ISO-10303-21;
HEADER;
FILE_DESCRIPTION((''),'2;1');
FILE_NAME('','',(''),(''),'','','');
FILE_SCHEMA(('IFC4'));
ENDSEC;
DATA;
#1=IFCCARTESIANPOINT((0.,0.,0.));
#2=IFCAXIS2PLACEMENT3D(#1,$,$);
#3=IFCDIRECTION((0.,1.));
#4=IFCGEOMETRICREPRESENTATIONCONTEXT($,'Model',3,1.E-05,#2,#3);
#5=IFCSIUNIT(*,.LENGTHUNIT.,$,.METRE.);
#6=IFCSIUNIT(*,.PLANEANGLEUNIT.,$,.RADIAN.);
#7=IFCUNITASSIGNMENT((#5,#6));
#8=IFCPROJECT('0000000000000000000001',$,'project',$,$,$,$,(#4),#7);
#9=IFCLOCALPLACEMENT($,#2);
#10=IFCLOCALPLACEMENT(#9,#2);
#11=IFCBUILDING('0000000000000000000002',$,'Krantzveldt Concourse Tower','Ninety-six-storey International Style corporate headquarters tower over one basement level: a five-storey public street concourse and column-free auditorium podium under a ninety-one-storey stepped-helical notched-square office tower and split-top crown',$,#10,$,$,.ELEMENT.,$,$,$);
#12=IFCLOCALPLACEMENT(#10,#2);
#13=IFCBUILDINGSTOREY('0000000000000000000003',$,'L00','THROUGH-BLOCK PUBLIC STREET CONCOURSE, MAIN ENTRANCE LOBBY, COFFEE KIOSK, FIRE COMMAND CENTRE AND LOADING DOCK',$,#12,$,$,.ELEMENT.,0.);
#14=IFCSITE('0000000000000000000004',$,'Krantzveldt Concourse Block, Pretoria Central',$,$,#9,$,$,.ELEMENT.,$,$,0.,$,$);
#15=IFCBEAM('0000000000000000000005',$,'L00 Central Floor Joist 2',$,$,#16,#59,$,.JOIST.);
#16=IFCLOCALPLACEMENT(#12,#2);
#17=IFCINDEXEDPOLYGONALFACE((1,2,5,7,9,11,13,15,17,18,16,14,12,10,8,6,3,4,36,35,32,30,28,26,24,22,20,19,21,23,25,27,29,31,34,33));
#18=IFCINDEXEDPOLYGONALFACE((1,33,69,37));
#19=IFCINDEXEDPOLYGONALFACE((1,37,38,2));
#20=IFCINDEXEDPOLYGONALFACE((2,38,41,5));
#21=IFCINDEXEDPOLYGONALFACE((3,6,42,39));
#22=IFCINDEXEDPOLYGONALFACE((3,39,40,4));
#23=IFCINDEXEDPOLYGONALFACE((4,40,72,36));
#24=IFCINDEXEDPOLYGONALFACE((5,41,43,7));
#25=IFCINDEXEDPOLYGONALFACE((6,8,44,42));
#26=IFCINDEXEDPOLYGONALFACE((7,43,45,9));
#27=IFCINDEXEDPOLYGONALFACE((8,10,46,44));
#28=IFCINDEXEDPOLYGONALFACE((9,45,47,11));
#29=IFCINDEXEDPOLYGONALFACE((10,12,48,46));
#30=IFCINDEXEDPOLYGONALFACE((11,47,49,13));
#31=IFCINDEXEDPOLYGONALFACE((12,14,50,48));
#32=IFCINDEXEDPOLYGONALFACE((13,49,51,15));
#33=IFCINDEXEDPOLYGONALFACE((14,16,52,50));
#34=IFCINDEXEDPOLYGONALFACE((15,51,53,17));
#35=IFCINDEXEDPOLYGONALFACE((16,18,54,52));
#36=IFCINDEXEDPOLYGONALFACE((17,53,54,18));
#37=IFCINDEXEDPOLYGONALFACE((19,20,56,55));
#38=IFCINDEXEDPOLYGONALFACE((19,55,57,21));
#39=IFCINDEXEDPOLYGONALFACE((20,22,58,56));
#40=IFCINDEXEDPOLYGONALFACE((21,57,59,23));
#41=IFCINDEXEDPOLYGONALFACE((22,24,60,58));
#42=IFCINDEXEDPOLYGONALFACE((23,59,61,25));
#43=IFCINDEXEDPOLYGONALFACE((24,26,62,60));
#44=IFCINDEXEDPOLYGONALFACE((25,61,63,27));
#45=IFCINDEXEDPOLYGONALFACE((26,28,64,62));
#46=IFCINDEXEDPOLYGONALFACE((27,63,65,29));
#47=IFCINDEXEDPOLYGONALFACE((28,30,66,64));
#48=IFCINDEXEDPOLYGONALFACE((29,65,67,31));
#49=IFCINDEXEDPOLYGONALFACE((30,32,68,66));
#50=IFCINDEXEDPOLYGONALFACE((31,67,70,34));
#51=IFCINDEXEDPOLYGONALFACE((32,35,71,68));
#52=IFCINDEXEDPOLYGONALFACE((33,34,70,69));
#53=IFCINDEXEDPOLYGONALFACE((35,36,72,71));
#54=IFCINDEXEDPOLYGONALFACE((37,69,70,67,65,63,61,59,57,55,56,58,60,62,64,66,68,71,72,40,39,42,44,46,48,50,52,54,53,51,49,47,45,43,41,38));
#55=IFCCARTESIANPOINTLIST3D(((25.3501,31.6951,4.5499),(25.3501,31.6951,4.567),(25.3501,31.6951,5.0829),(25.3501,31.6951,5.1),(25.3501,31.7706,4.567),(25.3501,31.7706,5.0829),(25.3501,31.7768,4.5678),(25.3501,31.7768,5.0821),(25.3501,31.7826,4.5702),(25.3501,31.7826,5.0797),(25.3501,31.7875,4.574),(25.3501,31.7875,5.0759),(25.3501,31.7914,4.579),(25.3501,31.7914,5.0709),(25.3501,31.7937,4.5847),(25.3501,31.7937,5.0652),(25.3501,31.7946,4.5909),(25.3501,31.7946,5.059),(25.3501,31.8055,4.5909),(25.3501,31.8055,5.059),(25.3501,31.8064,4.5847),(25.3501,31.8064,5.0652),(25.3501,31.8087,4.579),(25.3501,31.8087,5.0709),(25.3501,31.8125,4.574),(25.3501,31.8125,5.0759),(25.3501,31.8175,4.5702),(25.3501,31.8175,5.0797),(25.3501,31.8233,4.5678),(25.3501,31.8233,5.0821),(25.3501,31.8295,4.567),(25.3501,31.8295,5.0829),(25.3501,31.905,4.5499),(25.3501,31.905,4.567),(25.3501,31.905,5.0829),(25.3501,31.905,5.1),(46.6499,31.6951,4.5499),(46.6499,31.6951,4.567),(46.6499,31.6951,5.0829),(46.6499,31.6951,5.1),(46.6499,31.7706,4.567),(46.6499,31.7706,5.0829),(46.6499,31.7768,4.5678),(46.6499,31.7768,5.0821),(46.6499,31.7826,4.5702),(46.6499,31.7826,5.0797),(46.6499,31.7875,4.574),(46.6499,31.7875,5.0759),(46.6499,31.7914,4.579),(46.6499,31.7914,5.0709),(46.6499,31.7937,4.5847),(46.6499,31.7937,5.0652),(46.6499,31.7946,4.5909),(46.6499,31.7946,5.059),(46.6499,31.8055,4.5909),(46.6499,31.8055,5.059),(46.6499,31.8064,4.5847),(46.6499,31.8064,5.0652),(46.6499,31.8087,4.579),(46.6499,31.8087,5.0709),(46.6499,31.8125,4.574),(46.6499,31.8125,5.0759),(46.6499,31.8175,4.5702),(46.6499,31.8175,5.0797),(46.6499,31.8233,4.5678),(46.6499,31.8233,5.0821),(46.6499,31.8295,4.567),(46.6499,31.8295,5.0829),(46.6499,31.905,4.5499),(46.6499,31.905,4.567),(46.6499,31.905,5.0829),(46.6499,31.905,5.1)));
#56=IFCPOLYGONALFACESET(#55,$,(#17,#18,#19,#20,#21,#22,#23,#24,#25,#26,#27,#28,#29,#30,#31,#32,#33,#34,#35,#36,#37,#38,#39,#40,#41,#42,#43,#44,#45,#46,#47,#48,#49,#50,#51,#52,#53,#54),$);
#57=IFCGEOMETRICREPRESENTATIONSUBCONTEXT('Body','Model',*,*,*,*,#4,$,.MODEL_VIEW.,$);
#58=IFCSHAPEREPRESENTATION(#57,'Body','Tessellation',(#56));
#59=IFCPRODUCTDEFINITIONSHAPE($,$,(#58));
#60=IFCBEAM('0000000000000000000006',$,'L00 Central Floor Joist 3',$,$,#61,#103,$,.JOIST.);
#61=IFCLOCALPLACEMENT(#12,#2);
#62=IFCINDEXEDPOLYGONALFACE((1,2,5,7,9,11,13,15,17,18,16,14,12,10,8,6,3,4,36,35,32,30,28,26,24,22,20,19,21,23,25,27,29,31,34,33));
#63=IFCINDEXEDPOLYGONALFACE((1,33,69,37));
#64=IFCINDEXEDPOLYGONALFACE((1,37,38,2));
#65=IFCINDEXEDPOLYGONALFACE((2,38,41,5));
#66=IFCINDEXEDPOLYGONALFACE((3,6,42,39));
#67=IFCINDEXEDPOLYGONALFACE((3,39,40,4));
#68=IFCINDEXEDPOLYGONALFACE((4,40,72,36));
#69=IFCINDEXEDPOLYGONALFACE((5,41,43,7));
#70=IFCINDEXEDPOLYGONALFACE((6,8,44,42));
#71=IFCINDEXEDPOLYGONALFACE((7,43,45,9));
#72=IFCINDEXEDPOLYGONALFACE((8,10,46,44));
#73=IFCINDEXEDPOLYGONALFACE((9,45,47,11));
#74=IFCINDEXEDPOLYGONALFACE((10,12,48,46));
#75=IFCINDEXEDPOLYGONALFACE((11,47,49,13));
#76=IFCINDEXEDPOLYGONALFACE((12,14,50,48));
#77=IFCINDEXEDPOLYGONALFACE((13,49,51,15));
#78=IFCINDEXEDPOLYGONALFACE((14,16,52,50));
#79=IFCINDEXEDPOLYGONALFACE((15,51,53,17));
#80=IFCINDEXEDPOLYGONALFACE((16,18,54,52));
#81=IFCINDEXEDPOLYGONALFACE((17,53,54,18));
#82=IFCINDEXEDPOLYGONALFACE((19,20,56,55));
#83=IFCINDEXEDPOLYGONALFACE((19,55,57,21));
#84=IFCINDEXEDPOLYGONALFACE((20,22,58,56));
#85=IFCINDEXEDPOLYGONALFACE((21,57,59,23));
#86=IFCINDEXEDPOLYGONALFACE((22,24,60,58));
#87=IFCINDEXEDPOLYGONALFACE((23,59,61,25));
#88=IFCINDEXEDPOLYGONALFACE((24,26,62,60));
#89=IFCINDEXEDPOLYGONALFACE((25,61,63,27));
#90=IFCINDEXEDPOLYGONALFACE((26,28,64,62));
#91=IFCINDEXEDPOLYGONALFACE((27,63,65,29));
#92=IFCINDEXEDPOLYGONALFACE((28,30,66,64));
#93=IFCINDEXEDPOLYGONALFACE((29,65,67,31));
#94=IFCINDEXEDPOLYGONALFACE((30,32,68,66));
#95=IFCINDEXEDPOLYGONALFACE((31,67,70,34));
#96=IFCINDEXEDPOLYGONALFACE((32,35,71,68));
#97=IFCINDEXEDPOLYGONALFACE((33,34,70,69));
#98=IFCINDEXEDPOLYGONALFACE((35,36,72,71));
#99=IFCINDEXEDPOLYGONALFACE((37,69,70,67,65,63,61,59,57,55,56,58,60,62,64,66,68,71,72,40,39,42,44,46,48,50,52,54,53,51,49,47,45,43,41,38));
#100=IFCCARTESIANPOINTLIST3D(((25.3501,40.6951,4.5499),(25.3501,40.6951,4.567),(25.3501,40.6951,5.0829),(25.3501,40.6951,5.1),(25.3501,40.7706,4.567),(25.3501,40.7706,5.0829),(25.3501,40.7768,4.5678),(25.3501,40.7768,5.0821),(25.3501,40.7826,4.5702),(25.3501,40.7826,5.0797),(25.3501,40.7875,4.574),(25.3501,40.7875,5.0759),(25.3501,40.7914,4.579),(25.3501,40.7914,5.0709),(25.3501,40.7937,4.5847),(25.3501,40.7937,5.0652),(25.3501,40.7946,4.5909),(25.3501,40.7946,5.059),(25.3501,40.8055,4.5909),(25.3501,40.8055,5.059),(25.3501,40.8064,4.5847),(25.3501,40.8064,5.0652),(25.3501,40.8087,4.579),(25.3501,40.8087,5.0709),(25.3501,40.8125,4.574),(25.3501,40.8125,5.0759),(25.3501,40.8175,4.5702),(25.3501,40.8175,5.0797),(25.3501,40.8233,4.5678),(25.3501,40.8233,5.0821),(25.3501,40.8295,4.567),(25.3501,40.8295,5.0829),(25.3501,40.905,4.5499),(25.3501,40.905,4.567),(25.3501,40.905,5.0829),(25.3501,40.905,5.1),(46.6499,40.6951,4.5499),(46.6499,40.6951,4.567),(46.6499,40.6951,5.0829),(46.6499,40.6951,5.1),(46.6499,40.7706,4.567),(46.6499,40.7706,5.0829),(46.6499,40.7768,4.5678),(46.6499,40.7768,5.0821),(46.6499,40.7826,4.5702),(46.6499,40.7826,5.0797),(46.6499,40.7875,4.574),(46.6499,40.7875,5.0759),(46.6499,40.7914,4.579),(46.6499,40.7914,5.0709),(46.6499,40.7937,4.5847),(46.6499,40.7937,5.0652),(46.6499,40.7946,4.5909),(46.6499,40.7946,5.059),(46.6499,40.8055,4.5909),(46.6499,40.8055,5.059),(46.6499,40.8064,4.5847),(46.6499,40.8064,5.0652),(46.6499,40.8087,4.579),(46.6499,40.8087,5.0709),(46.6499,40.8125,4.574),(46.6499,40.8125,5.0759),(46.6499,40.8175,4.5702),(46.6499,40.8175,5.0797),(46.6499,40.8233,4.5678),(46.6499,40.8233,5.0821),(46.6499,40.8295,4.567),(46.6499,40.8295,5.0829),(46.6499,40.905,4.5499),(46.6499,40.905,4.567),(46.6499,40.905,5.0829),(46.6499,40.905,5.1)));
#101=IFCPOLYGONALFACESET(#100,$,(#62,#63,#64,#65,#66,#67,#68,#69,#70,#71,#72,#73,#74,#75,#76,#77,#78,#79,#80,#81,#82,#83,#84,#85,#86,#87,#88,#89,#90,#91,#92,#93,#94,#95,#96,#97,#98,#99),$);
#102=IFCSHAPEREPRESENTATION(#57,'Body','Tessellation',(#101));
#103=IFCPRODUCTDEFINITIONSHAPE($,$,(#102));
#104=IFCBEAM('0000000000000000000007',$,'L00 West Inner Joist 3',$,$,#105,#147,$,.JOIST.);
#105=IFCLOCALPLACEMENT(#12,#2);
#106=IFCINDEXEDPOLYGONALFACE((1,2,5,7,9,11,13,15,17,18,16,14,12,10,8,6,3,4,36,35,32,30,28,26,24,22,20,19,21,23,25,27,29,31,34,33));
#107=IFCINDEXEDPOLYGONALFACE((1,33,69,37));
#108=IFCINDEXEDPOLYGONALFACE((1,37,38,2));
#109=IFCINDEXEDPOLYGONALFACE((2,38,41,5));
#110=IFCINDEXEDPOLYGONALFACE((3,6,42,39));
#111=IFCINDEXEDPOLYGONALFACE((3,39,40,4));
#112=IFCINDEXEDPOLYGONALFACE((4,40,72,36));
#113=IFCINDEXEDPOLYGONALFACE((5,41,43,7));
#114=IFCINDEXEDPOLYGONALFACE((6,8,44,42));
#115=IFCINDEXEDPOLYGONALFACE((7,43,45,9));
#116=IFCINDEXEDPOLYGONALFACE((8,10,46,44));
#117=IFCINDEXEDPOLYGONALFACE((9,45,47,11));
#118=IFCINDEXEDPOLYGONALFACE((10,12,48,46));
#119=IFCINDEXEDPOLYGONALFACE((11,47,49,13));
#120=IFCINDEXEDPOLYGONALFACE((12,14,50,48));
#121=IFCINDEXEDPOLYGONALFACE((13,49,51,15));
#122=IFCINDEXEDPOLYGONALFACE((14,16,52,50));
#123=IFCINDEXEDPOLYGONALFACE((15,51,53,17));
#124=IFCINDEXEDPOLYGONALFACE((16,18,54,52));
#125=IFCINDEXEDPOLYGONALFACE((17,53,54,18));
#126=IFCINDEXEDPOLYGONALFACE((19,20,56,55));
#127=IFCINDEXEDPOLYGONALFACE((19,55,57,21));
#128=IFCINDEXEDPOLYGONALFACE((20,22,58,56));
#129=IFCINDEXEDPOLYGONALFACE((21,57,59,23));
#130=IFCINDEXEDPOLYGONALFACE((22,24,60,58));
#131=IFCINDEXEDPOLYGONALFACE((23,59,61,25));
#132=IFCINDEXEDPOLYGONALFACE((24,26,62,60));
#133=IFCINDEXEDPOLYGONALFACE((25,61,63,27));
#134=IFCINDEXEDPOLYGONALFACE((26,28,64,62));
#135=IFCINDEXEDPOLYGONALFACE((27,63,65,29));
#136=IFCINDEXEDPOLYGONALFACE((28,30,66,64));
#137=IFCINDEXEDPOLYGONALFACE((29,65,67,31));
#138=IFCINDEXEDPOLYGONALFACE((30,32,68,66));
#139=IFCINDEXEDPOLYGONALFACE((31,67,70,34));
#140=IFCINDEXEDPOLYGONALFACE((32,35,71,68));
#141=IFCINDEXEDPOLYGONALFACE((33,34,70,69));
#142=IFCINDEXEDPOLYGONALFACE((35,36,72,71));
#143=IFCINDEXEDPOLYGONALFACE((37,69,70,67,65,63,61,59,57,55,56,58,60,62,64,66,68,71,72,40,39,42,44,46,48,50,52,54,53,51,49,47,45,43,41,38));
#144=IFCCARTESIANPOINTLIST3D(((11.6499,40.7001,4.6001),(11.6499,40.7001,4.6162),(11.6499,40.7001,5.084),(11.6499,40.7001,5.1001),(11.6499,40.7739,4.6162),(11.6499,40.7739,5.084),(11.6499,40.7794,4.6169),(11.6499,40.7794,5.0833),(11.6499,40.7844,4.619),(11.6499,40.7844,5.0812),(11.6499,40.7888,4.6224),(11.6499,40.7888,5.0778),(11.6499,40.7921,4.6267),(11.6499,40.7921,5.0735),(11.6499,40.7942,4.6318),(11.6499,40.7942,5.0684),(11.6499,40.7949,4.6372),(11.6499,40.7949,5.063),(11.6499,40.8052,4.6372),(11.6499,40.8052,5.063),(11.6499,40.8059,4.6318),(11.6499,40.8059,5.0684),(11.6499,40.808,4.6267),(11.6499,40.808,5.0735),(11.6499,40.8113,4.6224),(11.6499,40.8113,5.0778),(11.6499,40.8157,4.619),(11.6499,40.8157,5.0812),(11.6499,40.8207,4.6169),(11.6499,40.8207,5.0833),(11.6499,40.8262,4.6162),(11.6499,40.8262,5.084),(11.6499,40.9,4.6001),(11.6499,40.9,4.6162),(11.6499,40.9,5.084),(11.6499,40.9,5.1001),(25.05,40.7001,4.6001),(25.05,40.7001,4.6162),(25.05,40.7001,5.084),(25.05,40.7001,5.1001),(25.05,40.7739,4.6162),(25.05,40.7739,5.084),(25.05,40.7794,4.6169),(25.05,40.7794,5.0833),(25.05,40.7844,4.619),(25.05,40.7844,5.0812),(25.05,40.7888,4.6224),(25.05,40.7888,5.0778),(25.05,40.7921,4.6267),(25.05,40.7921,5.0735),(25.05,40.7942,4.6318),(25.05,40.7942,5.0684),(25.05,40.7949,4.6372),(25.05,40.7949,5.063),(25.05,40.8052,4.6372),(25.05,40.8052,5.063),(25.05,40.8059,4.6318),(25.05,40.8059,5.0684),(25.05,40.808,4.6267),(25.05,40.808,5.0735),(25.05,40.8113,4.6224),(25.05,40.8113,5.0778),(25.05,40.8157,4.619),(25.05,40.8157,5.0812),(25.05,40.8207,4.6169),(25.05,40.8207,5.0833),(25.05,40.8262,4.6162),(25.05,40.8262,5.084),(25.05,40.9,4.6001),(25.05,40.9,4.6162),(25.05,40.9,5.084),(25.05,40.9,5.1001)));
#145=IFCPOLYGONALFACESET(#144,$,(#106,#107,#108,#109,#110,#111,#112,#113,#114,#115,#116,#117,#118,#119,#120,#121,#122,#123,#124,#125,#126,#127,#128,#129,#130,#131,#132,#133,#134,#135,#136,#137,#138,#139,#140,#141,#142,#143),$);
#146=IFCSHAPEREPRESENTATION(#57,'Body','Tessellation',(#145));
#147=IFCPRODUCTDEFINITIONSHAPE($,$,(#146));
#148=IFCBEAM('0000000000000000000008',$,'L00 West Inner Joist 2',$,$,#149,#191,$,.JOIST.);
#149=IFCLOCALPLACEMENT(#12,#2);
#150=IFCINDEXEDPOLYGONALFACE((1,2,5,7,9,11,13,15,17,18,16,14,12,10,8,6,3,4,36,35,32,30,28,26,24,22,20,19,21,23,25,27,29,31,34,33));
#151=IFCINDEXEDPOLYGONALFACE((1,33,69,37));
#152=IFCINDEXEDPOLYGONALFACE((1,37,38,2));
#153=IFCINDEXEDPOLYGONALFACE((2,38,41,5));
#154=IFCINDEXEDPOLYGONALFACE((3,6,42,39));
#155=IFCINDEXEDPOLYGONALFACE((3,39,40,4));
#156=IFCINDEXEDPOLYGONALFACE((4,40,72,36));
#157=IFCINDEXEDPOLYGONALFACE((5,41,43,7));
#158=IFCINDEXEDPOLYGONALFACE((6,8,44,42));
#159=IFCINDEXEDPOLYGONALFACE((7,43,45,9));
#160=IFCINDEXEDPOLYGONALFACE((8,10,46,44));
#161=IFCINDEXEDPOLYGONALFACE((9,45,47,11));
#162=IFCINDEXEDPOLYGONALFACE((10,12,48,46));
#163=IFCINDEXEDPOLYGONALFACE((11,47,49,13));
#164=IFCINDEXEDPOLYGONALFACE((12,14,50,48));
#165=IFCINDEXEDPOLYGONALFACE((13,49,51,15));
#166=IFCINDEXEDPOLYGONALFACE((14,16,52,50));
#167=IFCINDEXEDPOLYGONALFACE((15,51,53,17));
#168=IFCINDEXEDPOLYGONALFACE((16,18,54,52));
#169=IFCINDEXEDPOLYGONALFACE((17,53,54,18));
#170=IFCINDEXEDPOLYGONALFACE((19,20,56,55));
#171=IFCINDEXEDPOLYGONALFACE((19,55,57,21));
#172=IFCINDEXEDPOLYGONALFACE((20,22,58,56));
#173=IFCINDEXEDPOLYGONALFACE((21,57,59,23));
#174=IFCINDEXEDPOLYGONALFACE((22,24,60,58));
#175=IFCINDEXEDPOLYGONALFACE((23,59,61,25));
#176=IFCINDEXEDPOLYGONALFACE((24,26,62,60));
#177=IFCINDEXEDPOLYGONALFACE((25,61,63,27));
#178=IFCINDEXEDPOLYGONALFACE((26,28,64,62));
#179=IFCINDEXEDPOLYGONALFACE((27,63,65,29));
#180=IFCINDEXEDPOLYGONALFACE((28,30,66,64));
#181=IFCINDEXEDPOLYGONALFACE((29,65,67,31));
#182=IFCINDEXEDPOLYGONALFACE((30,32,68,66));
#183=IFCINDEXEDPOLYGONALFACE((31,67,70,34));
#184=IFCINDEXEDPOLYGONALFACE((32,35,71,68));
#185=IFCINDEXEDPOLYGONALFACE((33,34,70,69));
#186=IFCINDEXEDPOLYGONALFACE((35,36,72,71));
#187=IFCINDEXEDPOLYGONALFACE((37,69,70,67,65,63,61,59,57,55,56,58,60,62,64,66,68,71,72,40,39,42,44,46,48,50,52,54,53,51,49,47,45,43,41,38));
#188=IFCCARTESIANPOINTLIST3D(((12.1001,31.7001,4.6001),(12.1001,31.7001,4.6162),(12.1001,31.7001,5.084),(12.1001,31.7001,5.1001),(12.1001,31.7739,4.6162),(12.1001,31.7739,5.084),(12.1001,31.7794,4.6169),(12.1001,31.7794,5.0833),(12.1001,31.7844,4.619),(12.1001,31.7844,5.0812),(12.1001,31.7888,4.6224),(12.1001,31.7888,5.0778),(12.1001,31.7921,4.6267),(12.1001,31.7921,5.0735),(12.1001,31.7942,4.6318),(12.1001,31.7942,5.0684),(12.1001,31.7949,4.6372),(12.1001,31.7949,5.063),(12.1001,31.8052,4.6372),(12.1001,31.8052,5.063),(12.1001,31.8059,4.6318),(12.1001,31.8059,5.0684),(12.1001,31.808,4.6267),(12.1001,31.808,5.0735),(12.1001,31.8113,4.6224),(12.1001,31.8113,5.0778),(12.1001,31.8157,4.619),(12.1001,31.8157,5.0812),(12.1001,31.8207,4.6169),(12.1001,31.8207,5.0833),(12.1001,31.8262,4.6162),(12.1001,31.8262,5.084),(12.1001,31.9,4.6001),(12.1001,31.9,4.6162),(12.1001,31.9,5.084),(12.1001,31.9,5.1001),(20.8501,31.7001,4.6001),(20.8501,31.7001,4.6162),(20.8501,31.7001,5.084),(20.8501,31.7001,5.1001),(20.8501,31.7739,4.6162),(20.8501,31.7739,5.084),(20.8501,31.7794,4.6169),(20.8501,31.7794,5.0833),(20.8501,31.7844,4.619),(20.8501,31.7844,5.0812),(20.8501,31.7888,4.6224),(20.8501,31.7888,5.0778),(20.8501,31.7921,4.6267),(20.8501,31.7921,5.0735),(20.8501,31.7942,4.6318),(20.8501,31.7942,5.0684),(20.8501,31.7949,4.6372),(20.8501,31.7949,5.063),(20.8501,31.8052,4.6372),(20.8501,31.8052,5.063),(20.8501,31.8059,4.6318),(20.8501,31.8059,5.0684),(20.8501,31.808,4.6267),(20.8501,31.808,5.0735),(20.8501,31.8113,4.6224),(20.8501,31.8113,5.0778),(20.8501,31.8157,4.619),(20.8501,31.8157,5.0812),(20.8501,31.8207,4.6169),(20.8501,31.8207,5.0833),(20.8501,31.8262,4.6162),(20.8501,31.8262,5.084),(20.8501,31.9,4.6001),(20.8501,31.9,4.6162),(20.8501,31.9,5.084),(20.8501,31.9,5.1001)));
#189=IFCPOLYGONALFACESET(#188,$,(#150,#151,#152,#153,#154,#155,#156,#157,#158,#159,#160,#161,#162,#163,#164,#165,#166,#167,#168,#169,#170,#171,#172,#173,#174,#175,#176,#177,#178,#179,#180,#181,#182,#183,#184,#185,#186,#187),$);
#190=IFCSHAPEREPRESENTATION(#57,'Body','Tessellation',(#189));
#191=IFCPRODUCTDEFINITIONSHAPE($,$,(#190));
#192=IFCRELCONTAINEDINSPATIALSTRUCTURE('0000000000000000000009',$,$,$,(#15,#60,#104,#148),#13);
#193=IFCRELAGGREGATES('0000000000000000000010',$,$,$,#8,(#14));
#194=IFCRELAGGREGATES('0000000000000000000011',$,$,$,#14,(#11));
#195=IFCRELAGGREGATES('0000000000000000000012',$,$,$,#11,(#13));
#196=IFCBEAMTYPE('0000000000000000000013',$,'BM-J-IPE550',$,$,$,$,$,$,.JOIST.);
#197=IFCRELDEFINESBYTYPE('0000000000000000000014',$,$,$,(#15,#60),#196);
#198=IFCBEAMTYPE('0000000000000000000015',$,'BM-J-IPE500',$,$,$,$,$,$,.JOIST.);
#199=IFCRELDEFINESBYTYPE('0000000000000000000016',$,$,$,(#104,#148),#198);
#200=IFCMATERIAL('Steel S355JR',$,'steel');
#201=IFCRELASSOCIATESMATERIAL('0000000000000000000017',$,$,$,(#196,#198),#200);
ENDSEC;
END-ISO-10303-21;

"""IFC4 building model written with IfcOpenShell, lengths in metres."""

from ifc_helpers import new_model, si_unit, direction, frame, origin, origin_2d, place, context, subcontext, project, spatial, i_section, extrude, source, transform, mapped, material, material_profile, profile_set, type_object, type_shapes, element, save


model = new_model("IFC4")

# Units and contexts
model_context = context("Model", 3, precision=1e-05, world=origin(), true_north=direction((0.0, 1.0)))
body_context = subcontext(model_context, "Body", "Model", "MODEL_VIEW")
ifc_project = project(units=[si_unit("LENGTHUNIT", "METRE"), si_unit("PLANEANGLEUNIT", "RADIAN")], contexts=[model_context])

# Site, building, storey
site_placement = place(None, origin())
site = spatial("IfcSite", under=ifc_project, at=site_placement, Name="Krantzveldt Concourse Block, Pretoria Central", CompositionType="ELEMENT", RefElevation=0.0)
building_placement = place(site_placement, origin())
building = spatial("IfcBuilding", under=site, at=building_placement, Name="Krantzveldt Concourse Tower", Description="Ninety-six-storey International Style corporate headquarters tower over one basement level: a five-storey public street concourse and column-free auditorium podium under a ninety-one-storey stepped-helical notched-square office tower and split-top crown", CompositionType="ELEMENT")
storey_placement = place(building_placement, origin())
storey = spatial("IfcBuildingStorey", under=building, at=storey_placement, Name="L00", Description="THROUGH-BLOCK PUBLIC STREET CONCOURSE, MAIN ENTRANCE LOBBY, COFFEE KIOSK, FIRE COMMAND CENTRE AND LOADING DOCK", CompositionType="ELEMENT", Elevation=0.0)

# Beams
ifc_material_1 = material(Name="Steel S355JR", Category="steel")
ifc_material_profile_1 = material_profile(ifc_material_1, i_section(OverallWidth=0.21, OverallDepth=0.55, WebThickness=0.011, FlangeThickness=0.0171, FilletRadius=0.0239, at=origin_2d()), Name="Steel S355JR", Category="steel")
ifc_profile_set_1 = profile_set([ifc_material_profile_1], Name="Steel S355JR - IPE 550")
beam_type_1 = type_object("IfcBeamType", Name="BM-J-IPE550", PredefinedType="JOIST", material=ifc_profile_set_1)
shared_shape_1 = source(origin(), body_context, "Body", "SweptSolid", [
    extrude(i_section(OverallWidth=0.21, OverallDepth=0.55, WebThickness=0.011, FlangeThickness=0.0171, FilletRadius=0.0239, at=origin_2d()), origin(), (0.0, 0.0, 1.0), 21.2998),
])
type_shapes(beam_type_1, [shared_shape_1])
for number, where, z_axis, x_axis, name in (
    (1, (25.3501, 31.8, 4.825), (1.0, 0.0, 0.0), (0.0, 1.0, 0.0), "L00 Central Floor Joist 2"),
    (2, (25.3501, 40.8, 4.825), (1.0, 0.0, 0.0), (0.0, 1.0, 0.0), "L00 Central Floor Joist 3"),
):
    element("IfcBeam", number, at=place(storey_placement, frame(where, z_axis=z_axis, x_axis=x_axis)), inside=storey, type_object=beam_type_1, Name=name, PredefinedType="JOIST", context=body_context, shape_type="MappedRepresentation", body=[
        mapped(shared_shape_1, transform((0.0, 0.0, 0.0), x_axis=(1.0, 0.0, 0.0), y_axis=(0.0, 1.0, 0.0), z_axis=(0.0, 0.0, 1.0), scale=1.0)),
    ])
ifc_material_profile_2 = material_profile(ifc_material_1, i_section(OverallWidth=0.2, OverallDepth=0.5, WebThickness=0.0103, FlangeThickness=0.0161, FilletRadius=0.021, at=origin_2d()), Name="Steel S355JR", Category="steel")
ifc_profile_set_2 = profile_set([ifc_material_profile_2], Name="Steel S355JR - IPE 500")
beam_type_2 = type_object("IfcBeamType", Name="BM-J-IPE500", PredefinedType="JOIST", material=ifc_profile_set_2)
shared_shape_2 = source(origin(), body_context, "Body", "SweptSolid", [
    extrude(i_section(OverallWidth=0.2, OverallDepth=0.5, WebThickness=0.0103, FlangeThickness=0.0161, FilletRadius=0.021, at=origin_2d()), origin(), (0.0, 0.0, 1.0), 13.4001),
])
beam_1_placement = place(storey_placement, frame((11.6499, 40.8, 4.8501), z_axis=(1.0, 0.0, 0.0), x_axis=(0.0, 1.0, 0.0)))
element("IfcBeam", 3, at=beam_1_placement, inside=storey, type_object=beam_type_2, Name="L00 West Inner Joist 3", PredefinedType="JOIST", context=body_context, shape_type="MappedRepresentation", body=[
    mapped(shared_shape_2, transform((0.0, 0.0, 0.0), x_axis=(1.0, 0.0, 0.0), y_axis=(0.0, 1.0, 0.0), z_axis=(0.0, 0.0, 1.0), scale=1.0)),
])
shared_shape_3 = source(origin(), body_context, "Body", "SweptSolid", [
    extrude(i_section(OverallWidth=0.2, OverallDepth=0.5, WebThickness=0.0103, FlangeThickness=0.0161, FilletRadius=0.021, at=origin_2d()), origin(), (0.0, 0.0, 1.0), 8.75),
])
type_shapes(beam_type_2, [shared_shape_2, shared_shape_3])
beam_2_placement = place(storey_placement, frame((12.1001, 31.8, 4.8501), z_axis=(1.0, 0.0, 0.0), x_axis=(0.0, 1.0, 0.0)))
element("IfcBeam", 4, at=beam_2_placement, inside=storey, type_object=beam_type_2, Name="L00 West Inner Joist 2", PredefinedType="JOIST", context=body_context, shape_type="MappedRepresentation", body=[
    mapped(shared_shape_3, transform((0.0, 0.0, 0.0), x_axis=(1.0, 0.0, 0.0), y_axis=(0.0, 1.0, 0.0), z_axis=(0.0, 0.0, 1.0), scale=1.0)),
])

save(model, "model.ifc")
